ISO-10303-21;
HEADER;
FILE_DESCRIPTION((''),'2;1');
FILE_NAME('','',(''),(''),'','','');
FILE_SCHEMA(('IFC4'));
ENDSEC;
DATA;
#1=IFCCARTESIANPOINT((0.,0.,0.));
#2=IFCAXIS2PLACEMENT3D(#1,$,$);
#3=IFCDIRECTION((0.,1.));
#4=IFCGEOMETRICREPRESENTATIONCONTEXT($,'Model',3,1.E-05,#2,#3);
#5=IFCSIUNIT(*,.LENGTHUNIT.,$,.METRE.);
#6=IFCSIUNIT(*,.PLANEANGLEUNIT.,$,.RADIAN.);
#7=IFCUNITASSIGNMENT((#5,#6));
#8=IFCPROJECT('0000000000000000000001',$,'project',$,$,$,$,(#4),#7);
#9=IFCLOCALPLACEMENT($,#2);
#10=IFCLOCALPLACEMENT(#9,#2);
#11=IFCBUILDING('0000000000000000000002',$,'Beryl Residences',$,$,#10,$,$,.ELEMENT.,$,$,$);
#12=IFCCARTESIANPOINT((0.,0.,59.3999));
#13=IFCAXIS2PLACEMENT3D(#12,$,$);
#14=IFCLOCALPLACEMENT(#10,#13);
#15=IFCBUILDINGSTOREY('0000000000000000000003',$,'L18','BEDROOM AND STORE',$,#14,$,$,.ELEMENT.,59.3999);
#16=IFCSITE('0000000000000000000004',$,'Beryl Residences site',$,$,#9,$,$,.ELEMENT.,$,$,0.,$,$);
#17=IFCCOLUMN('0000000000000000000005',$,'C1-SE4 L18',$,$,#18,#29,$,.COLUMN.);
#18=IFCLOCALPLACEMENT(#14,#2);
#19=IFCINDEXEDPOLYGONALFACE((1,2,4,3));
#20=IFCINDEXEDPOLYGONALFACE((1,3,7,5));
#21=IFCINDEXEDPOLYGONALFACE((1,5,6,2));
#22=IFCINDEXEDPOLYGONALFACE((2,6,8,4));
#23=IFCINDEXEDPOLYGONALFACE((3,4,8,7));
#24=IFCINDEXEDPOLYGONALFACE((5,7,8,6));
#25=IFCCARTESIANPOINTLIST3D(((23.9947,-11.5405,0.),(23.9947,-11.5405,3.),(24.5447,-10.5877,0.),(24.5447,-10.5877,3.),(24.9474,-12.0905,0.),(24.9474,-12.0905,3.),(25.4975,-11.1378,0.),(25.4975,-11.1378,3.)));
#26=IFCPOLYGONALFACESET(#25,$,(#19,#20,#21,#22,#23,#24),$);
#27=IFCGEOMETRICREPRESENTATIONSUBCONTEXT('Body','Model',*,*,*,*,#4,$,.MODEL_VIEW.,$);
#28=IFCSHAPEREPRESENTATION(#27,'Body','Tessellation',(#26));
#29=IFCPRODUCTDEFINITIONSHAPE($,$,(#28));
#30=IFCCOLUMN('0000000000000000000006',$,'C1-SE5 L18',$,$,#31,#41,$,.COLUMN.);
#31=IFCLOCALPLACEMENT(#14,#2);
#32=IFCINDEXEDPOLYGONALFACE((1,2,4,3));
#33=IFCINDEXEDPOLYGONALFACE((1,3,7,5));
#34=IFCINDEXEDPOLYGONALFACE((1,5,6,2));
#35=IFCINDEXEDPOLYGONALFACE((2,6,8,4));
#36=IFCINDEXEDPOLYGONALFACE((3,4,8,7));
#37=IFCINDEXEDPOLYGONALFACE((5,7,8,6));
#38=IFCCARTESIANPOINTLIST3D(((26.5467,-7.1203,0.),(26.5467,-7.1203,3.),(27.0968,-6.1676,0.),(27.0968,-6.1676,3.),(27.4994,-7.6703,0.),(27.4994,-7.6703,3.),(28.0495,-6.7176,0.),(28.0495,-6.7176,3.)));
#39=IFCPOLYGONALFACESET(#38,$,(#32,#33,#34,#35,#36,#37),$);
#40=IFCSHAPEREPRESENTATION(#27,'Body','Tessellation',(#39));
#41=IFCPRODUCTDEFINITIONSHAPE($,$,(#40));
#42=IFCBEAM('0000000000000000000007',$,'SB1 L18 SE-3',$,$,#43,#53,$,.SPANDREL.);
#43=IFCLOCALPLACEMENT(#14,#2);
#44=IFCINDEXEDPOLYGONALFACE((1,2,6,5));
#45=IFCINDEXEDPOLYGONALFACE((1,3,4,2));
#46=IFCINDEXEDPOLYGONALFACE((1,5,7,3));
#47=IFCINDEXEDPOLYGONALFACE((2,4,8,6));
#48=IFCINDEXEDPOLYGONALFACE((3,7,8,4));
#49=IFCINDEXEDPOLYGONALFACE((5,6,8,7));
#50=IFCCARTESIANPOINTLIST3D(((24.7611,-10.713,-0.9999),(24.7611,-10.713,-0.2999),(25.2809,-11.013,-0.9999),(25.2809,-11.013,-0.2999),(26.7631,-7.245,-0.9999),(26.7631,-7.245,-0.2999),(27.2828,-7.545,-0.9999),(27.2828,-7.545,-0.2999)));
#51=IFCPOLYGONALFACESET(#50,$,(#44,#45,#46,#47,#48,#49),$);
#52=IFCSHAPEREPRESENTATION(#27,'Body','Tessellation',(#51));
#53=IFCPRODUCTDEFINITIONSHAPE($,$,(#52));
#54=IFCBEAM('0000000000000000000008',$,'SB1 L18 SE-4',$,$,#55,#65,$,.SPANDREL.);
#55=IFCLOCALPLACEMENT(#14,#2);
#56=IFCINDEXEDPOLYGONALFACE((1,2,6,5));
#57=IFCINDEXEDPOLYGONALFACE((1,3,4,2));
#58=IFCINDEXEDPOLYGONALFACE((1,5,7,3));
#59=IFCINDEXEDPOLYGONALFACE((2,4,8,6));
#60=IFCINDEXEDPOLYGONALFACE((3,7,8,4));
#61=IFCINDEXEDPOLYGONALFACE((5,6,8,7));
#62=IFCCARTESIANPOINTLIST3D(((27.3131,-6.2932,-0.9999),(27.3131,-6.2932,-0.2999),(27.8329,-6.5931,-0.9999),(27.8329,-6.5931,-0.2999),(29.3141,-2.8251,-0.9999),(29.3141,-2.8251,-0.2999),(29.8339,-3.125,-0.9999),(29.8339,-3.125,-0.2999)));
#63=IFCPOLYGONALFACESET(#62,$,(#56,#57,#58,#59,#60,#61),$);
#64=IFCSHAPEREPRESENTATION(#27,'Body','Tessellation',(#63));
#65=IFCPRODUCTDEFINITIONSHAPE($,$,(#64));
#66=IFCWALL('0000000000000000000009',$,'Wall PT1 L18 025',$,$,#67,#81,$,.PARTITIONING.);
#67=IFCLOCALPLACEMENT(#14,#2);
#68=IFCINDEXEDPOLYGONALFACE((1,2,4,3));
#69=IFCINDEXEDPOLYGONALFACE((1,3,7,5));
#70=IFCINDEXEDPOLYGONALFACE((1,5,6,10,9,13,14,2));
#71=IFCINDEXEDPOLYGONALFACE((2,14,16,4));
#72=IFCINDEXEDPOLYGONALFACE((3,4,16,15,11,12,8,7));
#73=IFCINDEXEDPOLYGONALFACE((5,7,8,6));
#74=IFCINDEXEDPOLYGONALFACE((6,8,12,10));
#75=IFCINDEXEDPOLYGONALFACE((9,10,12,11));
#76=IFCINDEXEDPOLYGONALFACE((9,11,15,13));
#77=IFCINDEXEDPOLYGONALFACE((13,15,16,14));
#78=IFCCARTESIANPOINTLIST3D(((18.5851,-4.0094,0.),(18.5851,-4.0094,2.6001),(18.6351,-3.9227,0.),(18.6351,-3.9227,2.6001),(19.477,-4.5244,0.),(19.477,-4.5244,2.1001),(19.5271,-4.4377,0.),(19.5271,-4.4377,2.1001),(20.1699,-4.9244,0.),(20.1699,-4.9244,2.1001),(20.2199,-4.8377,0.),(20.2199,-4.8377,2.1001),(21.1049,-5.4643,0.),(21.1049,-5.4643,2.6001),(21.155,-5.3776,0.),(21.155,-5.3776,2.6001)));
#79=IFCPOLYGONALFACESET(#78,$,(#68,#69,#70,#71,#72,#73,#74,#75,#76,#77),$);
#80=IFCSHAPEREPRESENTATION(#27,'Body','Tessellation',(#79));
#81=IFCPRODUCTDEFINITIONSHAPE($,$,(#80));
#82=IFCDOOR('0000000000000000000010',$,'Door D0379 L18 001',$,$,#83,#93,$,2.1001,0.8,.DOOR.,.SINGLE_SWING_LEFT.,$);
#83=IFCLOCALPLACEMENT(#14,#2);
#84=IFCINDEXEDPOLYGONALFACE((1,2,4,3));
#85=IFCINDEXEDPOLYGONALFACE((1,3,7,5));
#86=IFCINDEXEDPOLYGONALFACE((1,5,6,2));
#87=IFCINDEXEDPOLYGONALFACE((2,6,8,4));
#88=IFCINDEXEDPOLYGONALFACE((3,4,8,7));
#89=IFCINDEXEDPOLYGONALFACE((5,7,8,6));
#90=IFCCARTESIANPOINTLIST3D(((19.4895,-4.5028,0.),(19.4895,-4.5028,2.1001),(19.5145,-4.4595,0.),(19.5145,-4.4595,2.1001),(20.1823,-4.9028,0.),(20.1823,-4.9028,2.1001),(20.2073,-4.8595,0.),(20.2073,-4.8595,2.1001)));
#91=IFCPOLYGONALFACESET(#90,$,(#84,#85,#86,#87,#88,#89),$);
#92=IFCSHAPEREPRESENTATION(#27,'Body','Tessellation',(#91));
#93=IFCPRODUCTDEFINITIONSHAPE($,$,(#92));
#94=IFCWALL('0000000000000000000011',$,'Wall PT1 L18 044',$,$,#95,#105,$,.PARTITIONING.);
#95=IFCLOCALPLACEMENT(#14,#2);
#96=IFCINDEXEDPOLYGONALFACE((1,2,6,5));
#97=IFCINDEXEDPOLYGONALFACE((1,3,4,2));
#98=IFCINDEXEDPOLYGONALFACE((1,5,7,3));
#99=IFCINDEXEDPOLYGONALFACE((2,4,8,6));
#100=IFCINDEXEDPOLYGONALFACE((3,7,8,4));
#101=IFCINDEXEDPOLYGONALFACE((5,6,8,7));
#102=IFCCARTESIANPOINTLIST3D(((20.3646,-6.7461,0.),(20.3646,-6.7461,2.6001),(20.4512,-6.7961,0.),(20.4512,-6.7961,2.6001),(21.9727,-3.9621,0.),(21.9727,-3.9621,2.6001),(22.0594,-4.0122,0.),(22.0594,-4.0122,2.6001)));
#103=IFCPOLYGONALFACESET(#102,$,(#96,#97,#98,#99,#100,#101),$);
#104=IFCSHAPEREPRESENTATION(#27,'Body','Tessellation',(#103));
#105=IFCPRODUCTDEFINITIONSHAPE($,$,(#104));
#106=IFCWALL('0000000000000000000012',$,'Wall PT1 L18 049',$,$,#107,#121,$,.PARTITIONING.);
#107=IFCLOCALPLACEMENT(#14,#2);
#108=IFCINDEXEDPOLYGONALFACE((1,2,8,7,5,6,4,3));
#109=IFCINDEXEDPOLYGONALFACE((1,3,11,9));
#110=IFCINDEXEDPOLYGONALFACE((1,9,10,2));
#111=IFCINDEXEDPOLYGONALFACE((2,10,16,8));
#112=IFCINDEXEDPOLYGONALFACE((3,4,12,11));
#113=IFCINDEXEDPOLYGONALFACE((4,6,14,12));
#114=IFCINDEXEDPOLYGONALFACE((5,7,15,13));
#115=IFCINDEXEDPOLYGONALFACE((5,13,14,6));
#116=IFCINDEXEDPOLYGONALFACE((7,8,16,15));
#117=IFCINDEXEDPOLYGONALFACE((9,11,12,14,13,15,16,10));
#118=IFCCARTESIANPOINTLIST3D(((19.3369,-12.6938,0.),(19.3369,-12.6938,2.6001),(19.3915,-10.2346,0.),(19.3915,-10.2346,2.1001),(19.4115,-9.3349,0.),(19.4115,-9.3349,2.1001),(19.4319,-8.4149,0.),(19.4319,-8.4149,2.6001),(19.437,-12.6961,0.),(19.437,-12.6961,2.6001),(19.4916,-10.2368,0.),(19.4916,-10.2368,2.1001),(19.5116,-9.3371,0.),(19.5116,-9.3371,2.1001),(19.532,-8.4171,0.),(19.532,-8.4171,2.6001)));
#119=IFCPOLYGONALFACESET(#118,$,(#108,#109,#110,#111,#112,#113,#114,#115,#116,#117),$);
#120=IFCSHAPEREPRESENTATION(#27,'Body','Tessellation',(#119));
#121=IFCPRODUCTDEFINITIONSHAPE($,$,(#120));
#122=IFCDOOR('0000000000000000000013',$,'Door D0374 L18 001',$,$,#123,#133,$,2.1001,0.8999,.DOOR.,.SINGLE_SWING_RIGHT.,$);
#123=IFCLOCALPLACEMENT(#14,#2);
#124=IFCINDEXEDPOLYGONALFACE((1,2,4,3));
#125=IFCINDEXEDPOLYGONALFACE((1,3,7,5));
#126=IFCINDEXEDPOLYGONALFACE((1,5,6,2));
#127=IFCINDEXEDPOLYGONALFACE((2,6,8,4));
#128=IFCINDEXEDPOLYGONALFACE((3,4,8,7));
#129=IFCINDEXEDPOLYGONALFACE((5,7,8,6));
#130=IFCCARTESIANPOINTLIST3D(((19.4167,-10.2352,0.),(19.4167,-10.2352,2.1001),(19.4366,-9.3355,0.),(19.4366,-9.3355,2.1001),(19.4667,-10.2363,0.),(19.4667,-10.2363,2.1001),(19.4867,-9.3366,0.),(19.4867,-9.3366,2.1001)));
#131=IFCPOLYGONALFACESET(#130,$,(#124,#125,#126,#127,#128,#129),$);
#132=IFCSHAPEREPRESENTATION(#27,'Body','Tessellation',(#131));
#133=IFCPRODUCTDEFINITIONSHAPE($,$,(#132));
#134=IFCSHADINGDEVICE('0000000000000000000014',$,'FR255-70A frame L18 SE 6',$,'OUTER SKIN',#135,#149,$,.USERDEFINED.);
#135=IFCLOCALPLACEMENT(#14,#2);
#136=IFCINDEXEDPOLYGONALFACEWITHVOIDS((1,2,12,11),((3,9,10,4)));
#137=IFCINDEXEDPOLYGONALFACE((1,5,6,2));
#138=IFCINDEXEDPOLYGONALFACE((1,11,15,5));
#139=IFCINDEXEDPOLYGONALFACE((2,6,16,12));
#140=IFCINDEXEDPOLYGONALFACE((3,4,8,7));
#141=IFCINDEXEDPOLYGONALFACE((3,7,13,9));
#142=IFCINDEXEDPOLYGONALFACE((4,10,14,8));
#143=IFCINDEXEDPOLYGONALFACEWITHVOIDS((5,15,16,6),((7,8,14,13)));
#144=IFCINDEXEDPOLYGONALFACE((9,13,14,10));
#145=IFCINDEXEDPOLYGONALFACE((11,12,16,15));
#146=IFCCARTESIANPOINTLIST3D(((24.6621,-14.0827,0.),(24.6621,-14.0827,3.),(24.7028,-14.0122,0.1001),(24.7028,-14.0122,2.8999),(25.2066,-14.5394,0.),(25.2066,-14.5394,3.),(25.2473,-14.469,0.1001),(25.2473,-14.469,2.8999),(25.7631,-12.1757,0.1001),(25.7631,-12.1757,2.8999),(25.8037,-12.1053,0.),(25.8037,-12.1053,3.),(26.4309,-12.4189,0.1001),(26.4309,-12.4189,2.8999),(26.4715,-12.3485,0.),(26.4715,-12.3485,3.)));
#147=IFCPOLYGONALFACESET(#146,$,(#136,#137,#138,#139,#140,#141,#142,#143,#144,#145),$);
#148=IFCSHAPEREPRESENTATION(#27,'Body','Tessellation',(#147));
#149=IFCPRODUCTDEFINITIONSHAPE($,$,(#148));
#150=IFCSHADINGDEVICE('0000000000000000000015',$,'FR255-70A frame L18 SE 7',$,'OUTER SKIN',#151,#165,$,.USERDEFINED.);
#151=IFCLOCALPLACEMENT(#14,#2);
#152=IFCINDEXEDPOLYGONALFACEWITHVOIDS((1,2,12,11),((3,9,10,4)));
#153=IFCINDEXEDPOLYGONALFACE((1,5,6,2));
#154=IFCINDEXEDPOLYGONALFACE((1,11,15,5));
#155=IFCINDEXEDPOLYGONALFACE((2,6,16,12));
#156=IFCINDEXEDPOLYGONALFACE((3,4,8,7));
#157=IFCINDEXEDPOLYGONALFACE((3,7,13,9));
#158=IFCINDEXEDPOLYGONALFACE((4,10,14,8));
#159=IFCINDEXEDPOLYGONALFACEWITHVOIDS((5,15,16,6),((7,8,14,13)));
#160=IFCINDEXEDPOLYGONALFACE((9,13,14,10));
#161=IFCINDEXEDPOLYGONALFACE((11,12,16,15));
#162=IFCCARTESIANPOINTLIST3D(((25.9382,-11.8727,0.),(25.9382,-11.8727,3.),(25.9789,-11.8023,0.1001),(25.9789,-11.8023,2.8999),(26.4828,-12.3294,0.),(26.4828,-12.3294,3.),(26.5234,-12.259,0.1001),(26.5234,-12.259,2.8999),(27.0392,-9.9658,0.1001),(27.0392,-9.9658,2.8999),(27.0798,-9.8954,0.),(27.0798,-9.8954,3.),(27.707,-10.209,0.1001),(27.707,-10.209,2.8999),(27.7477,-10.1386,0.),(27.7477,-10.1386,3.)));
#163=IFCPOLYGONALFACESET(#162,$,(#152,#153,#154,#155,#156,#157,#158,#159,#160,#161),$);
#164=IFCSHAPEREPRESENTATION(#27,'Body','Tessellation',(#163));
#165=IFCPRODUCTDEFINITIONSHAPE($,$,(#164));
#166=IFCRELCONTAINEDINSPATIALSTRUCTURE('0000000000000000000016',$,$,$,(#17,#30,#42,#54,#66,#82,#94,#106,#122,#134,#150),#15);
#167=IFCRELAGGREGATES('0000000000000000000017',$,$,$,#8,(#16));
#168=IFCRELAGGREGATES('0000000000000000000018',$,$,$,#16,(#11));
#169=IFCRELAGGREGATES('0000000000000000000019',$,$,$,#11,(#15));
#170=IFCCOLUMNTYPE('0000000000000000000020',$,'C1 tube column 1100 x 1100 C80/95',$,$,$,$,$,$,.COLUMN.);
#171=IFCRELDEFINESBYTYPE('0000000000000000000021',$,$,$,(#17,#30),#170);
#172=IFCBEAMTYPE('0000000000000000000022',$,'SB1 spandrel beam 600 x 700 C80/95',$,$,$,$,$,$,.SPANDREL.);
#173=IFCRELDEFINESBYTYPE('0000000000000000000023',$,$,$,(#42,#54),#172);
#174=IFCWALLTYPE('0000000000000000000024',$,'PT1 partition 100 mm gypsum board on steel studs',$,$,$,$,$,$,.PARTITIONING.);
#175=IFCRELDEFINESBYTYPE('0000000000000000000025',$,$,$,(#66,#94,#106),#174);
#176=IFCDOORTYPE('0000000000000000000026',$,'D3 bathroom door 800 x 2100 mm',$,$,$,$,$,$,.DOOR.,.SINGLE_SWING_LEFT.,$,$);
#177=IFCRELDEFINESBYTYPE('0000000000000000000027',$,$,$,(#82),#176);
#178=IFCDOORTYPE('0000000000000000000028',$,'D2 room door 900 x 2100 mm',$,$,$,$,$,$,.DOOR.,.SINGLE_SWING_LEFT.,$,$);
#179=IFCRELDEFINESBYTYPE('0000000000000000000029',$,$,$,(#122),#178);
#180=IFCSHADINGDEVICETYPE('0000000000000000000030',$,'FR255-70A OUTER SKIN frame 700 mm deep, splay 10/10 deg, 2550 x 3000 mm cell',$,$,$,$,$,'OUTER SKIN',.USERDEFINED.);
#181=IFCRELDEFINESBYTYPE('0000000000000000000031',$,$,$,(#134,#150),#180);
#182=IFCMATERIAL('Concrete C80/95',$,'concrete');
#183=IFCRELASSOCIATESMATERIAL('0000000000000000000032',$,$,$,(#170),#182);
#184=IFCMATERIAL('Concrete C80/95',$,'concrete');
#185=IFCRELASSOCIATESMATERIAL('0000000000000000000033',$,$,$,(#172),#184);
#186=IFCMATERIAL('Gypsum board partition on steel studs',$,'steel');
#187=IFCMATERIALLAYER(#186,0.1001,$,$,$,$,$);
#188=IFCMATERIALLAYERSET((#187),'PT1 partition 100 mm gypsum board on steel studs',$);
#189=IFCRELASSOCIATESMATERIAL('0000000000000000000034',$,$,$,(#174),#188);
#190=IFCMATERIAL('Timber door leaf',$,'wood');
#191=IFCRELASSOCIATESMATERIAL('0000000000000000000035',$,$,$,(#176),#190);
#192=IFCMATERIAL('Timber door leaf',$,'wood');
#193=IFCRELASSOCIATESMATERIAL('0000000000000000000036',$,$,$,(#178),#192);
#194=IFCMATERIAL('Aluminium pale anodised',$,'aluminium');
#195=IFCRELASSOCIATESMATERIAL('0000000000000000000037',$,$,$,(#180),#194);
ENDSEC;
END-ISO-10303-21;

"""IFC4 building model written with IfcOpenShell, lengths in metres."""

from ifc_helpers import new_model, entity, si_unit, direction, frame, frame_2d, origin, origin_2d, place, context, subcontext, project, spatial, rectangle, extrude, source, transform, mapped, material, layer, layer_set, material_profile, profile_set, type_object, type_shapes, element, fill, save


model = new_model("IFC4")

# Units and contexts
model_context = context("Model", 3, precision=1e-05, world=origin(), true_north=direction((0.0, 1.0)))
body_context = subcontext(model_context, "Body", "Model", "MODEL_VIEW")
ifc_project = project(units=[si_unit("LENGTHUNIT", "METRE"), si_unit("PLANEANGLEUNIT", "RADIAN")], contexts=[model_context])

# Site, building, storey
site_placement = place(None, origin())
site = spatial("IfcSite", under=ifc_project, at=site_placement, Name="Beryl Residences site", CompositionType="ELEMENT", RefElevation=0.0)
building_placement = place(site_placement, origin())
building = spatial("IfcBuilding", under=site, at=building_placement, Name="Beryl Residences", CompositionType="ELEMENT")
storey_placement = place(building_placement, frame((0.0, 0.0, 59.3999)))
storey = spatial("IfcBuildingStorey", under=building, at=storey_placement, Name="L18", Description="BEDROOM AND STORE", CompositionType="ELEMENT", Elevation=59.3999)

# Columns
ifc_material_1 = material(Name="Concrete C80/95", Category="concrete")
ifc_material_profile_1 = material_profile(ifc_material_1, rectangle(XDim=1.1001, YDim=1.1001, at=origin_2d()))
ifc_profile_set_1 = profile_set([ifc_material_profile_1], Name="Concrete C80/95")
column_type = type_object("IfcColumnType", Name="C1 tube column 1100 x 1100 C80/95", PredefinedType="COLUMN", material=ifc_profile_set_1)
for number, where, z_axis, x_axis, name in (
    (1, (24.7461, -11.3391, 0.0), (0.0, 0.0, 1.0), (0.499985, 0.866034, 0.0), "C1-SE4 L18"),
    (2, (27.2981, -6.9189, 0.0), (0.0, 0.0, 1.0), (0.499985, 0.866034, 0.0), "C1-SE5 L18"),
):
    element("IfcColumn", number, at=place(storey_placement, frame(where, z_axis=z_axis, x_axis=x_axis)), inside=storey, type_object=column_type, Name=name, PredefinedType="COLUMN", context=body_context, shape_type="SweptSolid", body=[
        extrude(rectangle(XDim=1.1001, YDim=1.1001, at=origin_2d()), origin(), (0.0, 0.0, 1.0), 3.0),
    ])

# Beams
ifc_material_2 = material(Name="Concrete C80/95", Category="concrete")
ifc_material_profile_2 = material_profile(ifc_material_2, rectangle(XDim=0.6001, YDim=0.7, at=origin_2d()))
ifc_profile_set_2 = profile_set([ifc_material_profile_2], Name="Concrete C80/95")
beam_type = type_object("IfcBeamType", Name="SB1 spandrel beam 600 x 700 C80/95", PredefinedType="SPANDREL", material=ifc_profile_set_2)
beam_1_placement = place(storey_placement, frame((25.021, -10.863, -0.6499), z_axis=(0.499942, 0.866059, 0.0), x_axis=(-0.866059, 0.499942, 0.0)))
element("IfcBeam", 3, at=beam_1_placement, inside=storey, type_object=beam_type, Name="SB1 L18 SE-3", PredefinedType="SPANDREL", context=body_context, shape_type="SweptSolid", body=[
    extrude(rectangle(XDim=0.6001, YDim=0.7, at=origin_2d()), origin(), (0.0, 0.0, 1.0), 4.0044),
])
beam_2_placement = place(storey_placement, frame((27.573, -6.4431, -0.6499), z_axis=(0.499759, 0.866164, 0.0), x_axis=(-0.866164, 0.499759, 0.0)))
element("IfcBeam", 4, at=beam_2_placement, inside=storey, type_object=beam_type, Name="SB1 L18 SE-4", PredefinedType="SPANDREL", context=body_context, shape_type="SweptSolid", body=[
    extrude(rectangle(XDim=0.6001, YDim=0.7, at=origin_2d()), origin(), (0.0, 0.0, 1.0), 4.0039),
])

# Wall, opening, door
ifc_material_3 = material(Name="Gypsum board partition on steel studs", Category="steel")
ifc_layer = layer(ifc_material_3, 0.1001)
ifc_layer_set = layer_set([ifc_layer], Name="PT1 partition 100 mm gypsum board on steel studs")
wall_type = type_object("IfcWallType", Name="PT1 partition 100 mm gypsum board on steel studs", PredefinedType="PARTITIONING", material=ifc_layer_set)
wall_1_placement = place(storey_placement, frame((18.6101, -3.9661, 0.0), z_axis=(0.0, 0.0, 1.0), x_axis=(0.866019, -0.500011, 0.0)))
wall_1 = element("IfcWall", 5, at=wall_1_placement, inside=storey, type_object=wall_type, Name="Wall PT1 L18 025", PredefinedType="PARTITIONING", context=body_context, shape_type="SweptSolid", body=[
    extrude(rectangle(XDim=2.9097, YDim=0.1001, at=frame_2d((1.4548, 0.0))), origin(), (0.0, 0.0, 1.0), 2.6001),
])
opening_1_placement = place(wall_1_placement, frame((1.03, 0.0, 0.0)))
opening_1 = element("IfcOpeningElement", 6, at=opening_1_placement, cuts=wall_1, PredefinedType="OPENING", context=body_context, shape_type="SweptSolid", body=[
    extrude(rectangle(XDim=0.8, YDim=2.1001, at=frame_2d((0.3999, 1.05))), frame((0.0, 0.0601, 0.0), z_axis=(0.0, -1.0, 0.0), x_axis=(1.0, 0.0, 0.0)), (0.0, 0.0, 1.0), 0.1201),
])
ifc_material_4 = material(Name="Timber door leaf", Category="wood")
door_type_1 = type_object("IfcDoorType", Name="D3 bathroom door 800 x 2100 mm", OperationType="SINGLE_SWING_LEFT", PredefinedType="DOOR", material=ifc_material_4)
door_1_placement = place(opening_1_placement, origin())
door_1 = element("IfcDoor", 7, at=door_1_placement, inside=storey, type_object=door_type_1, Name="Door D0379 L18 001", OperationType="SINGLE_SWING_LEFT", OverallHeight=2.1001, OverallWidth=0.8, PredefinedType="DOOR", context=body_context, shape_type="SweptSolid", body=[
    extrude(rectangle(XDim=0.8, YDim=2.1001, at=frame_2d((0.3999, 1.05))), frame((0.0, 0.0249, 0.0), z_axis=(0.0, -1.0, 0.0), x_axis=(1.0, 0.0, 0.0)), (0.0, 0.0, 1.0), 0.05),
])
fill(opening_1, door_1)

# Wall
wall_2_placement = place(storey_placement, frame((20.408, -6.771, 0.0), z_axis=(0.0, 0.0, 1.0), x_axis=(0.500198, 0.865911, 0.0)))
element("IfcWall", 8, at=wall_2_placement, inside=storey, type_object=wall_type, Name="Wall PT1 L18 044", PredefinedType="PARTITIONING", context=body_context, shape_type="SweptSolid", body=[
    extrude(rectangle(XDim=3.2151, YDim=0.1001, at=frame_2d((1.6074, 0.0))), origin(), (0.0, 0.0, 1.0), 2.6001),
])

# Wall, opening, door
wall_3_placement = place(storey_placement, frame((19.387, -12.6951, 0.0), z_axis=(0.0, 0.0, 1.0), x_axis=(0.022189, 0.999754, 0.0)))
wall_3 = element("IfcWall", 9, at=wall_3_placement, inside=storey, type_object=wall_type, Name="Wall PT1 L18 049", PredefinedType="PARTITIONING", context=body_context, shape_type="SweptSolid", body=[
    extrude(rectangle(XDim=4.28, YDim=0.1001, at=frame_2d((2.1401, 0.0))), origin(), (0.0, 0.0, 1.0), 2.6001),
])
opening_2_placement = place(wall_3_placement, frame((2.46, 0.0, 0.0)))
opening_2 = element("IfcOpeningElement", 10, at=opening_2_placement, cuts=wall_3, PredefinedType="OPENING", context=body_context, shape_type="SweptSolid", body=[
    extrude(rectangle(XDim=0.8999, YDim=2.1001, at=frame_2d((0.45, 1.05))), frame((0.0, 0.0601, 0.0), z_axis=(0.0, -1.0, 0.0), x_axis=(1.0, 0.0, 0.0)), (0.0, 0.0, 1.0), 0.1201),
])
ifc_material_5 = material(Name="Timber door leaf", Category="wood")
door_type_2 = type_object("IfcDoorType", Name="D2 room door 900 x 2100 mm", OperationType="SINGLE_SWING_LEFT", PredefinedType="DOOR", material=ifc_material_5)
door_2_placement = place(opening_2_placement, origin())
door_2 = element("IfcDoor", 11, at=door_2_placement, inside=storey, type_object=door_type_2, Name="Door D0374 L18 001", OperationType="SINGLE_SWING_RIGHT", OverallHeight=2.1001, OverallWidth=0.8999, PredefinedType="DOOR", context=body_context, shape_type="SweptSolid", body=[
    extrude(rectangle(XDim=0.8999, YDim=2.1001, at=frame_2d((0.45, 1.05))), frame((0.0, 0.0249, 0.0), z_axis=(0.0, -1.0, 0.0), x_axis=(1.0, 0.0, 0.0)), (0.0, 0.0, 1.0), 0.05),
])
fill(opening_2, door_2)

# Shading devices
ifc_material_6 = material(Name="Aluminium pale anodised", Category="aluminium")
shading_device_type = type_object("IfcShadingDeviceType", Name="FR255-70A OUTER SKIN frame 700 mm deep, splay 10/10 deg, 2550 x 3000 mm cell", ElementType="OUTER SKIN", PredefinedType="USERDEFINED", material=ifc_material_6)
cartesian_point_1 = entity("IfcCartesianPoint", [-1.1416, 0.0])
cartesian_point_2 = entity("IfcCartesianPoint", [-1.0603, 0.1001])
cartesian_point_3 = entity("IfcCartesianPoint", [-1.2649, 0.0])
cartesian_point_4 = entity("IfcCartesianPoint", [-1.1836, 0.1001])
shared_shape_1 = source(origin(), body_context, "Body", "SweptSolid", [
    entity("IfcExtrudedAreaSolidTapered", entity("IfcArbitraryProfileDefWithVoids", "AREA", None, entity("IfcPolyline", [cartesian_point_1, entity("IfcCartesianPoint", [1.1416, 0.0]), entity("IfcCartesianPoint", [1.1416, 3.0]), entity("IfcCartesianPoint", [-1.1416, 3.0]), cartesian_point_1]), [entity("IfcPolyline", [cartesian_point_2, entity("IfcCartesianPoint", [1.0603, 0.1001]), entity("IfcCartesianPoint", [1.0603, 2.8999]), entity("IfcCartesianPoint", [-1.0603, 2.8999]), cartesian_point_2])]), entity("IfcAxis2Placement3D", entity("IfcCartesianPoint", [0.0, 0.0, 0.0]), entity("IfcDirection", [0.0, 1.0, 0.0]), entity("IfcDirection", [-1.0, 0.0, 0.0])), entity("IfcDirection", [0.0, 0.0, 1.0]), 0.7, entity("IfcArbitraryProfileDefWithVoids", "AREA", None, entity("IfcPolyline", [cartesian_point_3, entity("IfcCartesianPoint", [1.2649, 0.0]), entity("IfcCartesianPoint", [1.2649, 3.0]), entity("IfcCartesianPoint", [-1.2649, 3.0]), cartesian_point_3]), [entity("IfcPolyline", [cartesian_point_4, entity("IfcCartesianPoint", [1.1836, 0.1001]), entity("IfcCartesianPoint", [1.1836, 2.8999]), entity("IfcCartesianPoint", [-1.1836, 2.8999]), cartesian_point_4])])),
])
type_shapes(shading_device_type, [shared_shape_1])
for number, where, z_axis, x_axis, name in (
    (12, (25.2329, -13.094, 0.0), (0.0, 0.0, 1.0), (-0.5, -0.866025, 0.0), "FR255-70A frame L18 SE 6"),
    (13, (26.509, -10.884, 0.0), (0.0, 0.0, 1.0), (-0.5, -0.866025, 0.0), "FR255-70A frame L18 SE 7"),
):
    element("IfcShadingDevice", number, at=place(storey_placement, frame(where, z_axis=z_axis, x_axis=x_axis)), inside=storey, type_object=shading_device_type, Name=name, ObjectType="OUTER SKIN", PredefinedType="USERDEFINED", context=body_context, shape_type="MappedRepresentation", body=[
        mapped(shared_shape_1, transform((0.0, 0.0, 0.0))),
    ])

save(model, "model.ifc")
